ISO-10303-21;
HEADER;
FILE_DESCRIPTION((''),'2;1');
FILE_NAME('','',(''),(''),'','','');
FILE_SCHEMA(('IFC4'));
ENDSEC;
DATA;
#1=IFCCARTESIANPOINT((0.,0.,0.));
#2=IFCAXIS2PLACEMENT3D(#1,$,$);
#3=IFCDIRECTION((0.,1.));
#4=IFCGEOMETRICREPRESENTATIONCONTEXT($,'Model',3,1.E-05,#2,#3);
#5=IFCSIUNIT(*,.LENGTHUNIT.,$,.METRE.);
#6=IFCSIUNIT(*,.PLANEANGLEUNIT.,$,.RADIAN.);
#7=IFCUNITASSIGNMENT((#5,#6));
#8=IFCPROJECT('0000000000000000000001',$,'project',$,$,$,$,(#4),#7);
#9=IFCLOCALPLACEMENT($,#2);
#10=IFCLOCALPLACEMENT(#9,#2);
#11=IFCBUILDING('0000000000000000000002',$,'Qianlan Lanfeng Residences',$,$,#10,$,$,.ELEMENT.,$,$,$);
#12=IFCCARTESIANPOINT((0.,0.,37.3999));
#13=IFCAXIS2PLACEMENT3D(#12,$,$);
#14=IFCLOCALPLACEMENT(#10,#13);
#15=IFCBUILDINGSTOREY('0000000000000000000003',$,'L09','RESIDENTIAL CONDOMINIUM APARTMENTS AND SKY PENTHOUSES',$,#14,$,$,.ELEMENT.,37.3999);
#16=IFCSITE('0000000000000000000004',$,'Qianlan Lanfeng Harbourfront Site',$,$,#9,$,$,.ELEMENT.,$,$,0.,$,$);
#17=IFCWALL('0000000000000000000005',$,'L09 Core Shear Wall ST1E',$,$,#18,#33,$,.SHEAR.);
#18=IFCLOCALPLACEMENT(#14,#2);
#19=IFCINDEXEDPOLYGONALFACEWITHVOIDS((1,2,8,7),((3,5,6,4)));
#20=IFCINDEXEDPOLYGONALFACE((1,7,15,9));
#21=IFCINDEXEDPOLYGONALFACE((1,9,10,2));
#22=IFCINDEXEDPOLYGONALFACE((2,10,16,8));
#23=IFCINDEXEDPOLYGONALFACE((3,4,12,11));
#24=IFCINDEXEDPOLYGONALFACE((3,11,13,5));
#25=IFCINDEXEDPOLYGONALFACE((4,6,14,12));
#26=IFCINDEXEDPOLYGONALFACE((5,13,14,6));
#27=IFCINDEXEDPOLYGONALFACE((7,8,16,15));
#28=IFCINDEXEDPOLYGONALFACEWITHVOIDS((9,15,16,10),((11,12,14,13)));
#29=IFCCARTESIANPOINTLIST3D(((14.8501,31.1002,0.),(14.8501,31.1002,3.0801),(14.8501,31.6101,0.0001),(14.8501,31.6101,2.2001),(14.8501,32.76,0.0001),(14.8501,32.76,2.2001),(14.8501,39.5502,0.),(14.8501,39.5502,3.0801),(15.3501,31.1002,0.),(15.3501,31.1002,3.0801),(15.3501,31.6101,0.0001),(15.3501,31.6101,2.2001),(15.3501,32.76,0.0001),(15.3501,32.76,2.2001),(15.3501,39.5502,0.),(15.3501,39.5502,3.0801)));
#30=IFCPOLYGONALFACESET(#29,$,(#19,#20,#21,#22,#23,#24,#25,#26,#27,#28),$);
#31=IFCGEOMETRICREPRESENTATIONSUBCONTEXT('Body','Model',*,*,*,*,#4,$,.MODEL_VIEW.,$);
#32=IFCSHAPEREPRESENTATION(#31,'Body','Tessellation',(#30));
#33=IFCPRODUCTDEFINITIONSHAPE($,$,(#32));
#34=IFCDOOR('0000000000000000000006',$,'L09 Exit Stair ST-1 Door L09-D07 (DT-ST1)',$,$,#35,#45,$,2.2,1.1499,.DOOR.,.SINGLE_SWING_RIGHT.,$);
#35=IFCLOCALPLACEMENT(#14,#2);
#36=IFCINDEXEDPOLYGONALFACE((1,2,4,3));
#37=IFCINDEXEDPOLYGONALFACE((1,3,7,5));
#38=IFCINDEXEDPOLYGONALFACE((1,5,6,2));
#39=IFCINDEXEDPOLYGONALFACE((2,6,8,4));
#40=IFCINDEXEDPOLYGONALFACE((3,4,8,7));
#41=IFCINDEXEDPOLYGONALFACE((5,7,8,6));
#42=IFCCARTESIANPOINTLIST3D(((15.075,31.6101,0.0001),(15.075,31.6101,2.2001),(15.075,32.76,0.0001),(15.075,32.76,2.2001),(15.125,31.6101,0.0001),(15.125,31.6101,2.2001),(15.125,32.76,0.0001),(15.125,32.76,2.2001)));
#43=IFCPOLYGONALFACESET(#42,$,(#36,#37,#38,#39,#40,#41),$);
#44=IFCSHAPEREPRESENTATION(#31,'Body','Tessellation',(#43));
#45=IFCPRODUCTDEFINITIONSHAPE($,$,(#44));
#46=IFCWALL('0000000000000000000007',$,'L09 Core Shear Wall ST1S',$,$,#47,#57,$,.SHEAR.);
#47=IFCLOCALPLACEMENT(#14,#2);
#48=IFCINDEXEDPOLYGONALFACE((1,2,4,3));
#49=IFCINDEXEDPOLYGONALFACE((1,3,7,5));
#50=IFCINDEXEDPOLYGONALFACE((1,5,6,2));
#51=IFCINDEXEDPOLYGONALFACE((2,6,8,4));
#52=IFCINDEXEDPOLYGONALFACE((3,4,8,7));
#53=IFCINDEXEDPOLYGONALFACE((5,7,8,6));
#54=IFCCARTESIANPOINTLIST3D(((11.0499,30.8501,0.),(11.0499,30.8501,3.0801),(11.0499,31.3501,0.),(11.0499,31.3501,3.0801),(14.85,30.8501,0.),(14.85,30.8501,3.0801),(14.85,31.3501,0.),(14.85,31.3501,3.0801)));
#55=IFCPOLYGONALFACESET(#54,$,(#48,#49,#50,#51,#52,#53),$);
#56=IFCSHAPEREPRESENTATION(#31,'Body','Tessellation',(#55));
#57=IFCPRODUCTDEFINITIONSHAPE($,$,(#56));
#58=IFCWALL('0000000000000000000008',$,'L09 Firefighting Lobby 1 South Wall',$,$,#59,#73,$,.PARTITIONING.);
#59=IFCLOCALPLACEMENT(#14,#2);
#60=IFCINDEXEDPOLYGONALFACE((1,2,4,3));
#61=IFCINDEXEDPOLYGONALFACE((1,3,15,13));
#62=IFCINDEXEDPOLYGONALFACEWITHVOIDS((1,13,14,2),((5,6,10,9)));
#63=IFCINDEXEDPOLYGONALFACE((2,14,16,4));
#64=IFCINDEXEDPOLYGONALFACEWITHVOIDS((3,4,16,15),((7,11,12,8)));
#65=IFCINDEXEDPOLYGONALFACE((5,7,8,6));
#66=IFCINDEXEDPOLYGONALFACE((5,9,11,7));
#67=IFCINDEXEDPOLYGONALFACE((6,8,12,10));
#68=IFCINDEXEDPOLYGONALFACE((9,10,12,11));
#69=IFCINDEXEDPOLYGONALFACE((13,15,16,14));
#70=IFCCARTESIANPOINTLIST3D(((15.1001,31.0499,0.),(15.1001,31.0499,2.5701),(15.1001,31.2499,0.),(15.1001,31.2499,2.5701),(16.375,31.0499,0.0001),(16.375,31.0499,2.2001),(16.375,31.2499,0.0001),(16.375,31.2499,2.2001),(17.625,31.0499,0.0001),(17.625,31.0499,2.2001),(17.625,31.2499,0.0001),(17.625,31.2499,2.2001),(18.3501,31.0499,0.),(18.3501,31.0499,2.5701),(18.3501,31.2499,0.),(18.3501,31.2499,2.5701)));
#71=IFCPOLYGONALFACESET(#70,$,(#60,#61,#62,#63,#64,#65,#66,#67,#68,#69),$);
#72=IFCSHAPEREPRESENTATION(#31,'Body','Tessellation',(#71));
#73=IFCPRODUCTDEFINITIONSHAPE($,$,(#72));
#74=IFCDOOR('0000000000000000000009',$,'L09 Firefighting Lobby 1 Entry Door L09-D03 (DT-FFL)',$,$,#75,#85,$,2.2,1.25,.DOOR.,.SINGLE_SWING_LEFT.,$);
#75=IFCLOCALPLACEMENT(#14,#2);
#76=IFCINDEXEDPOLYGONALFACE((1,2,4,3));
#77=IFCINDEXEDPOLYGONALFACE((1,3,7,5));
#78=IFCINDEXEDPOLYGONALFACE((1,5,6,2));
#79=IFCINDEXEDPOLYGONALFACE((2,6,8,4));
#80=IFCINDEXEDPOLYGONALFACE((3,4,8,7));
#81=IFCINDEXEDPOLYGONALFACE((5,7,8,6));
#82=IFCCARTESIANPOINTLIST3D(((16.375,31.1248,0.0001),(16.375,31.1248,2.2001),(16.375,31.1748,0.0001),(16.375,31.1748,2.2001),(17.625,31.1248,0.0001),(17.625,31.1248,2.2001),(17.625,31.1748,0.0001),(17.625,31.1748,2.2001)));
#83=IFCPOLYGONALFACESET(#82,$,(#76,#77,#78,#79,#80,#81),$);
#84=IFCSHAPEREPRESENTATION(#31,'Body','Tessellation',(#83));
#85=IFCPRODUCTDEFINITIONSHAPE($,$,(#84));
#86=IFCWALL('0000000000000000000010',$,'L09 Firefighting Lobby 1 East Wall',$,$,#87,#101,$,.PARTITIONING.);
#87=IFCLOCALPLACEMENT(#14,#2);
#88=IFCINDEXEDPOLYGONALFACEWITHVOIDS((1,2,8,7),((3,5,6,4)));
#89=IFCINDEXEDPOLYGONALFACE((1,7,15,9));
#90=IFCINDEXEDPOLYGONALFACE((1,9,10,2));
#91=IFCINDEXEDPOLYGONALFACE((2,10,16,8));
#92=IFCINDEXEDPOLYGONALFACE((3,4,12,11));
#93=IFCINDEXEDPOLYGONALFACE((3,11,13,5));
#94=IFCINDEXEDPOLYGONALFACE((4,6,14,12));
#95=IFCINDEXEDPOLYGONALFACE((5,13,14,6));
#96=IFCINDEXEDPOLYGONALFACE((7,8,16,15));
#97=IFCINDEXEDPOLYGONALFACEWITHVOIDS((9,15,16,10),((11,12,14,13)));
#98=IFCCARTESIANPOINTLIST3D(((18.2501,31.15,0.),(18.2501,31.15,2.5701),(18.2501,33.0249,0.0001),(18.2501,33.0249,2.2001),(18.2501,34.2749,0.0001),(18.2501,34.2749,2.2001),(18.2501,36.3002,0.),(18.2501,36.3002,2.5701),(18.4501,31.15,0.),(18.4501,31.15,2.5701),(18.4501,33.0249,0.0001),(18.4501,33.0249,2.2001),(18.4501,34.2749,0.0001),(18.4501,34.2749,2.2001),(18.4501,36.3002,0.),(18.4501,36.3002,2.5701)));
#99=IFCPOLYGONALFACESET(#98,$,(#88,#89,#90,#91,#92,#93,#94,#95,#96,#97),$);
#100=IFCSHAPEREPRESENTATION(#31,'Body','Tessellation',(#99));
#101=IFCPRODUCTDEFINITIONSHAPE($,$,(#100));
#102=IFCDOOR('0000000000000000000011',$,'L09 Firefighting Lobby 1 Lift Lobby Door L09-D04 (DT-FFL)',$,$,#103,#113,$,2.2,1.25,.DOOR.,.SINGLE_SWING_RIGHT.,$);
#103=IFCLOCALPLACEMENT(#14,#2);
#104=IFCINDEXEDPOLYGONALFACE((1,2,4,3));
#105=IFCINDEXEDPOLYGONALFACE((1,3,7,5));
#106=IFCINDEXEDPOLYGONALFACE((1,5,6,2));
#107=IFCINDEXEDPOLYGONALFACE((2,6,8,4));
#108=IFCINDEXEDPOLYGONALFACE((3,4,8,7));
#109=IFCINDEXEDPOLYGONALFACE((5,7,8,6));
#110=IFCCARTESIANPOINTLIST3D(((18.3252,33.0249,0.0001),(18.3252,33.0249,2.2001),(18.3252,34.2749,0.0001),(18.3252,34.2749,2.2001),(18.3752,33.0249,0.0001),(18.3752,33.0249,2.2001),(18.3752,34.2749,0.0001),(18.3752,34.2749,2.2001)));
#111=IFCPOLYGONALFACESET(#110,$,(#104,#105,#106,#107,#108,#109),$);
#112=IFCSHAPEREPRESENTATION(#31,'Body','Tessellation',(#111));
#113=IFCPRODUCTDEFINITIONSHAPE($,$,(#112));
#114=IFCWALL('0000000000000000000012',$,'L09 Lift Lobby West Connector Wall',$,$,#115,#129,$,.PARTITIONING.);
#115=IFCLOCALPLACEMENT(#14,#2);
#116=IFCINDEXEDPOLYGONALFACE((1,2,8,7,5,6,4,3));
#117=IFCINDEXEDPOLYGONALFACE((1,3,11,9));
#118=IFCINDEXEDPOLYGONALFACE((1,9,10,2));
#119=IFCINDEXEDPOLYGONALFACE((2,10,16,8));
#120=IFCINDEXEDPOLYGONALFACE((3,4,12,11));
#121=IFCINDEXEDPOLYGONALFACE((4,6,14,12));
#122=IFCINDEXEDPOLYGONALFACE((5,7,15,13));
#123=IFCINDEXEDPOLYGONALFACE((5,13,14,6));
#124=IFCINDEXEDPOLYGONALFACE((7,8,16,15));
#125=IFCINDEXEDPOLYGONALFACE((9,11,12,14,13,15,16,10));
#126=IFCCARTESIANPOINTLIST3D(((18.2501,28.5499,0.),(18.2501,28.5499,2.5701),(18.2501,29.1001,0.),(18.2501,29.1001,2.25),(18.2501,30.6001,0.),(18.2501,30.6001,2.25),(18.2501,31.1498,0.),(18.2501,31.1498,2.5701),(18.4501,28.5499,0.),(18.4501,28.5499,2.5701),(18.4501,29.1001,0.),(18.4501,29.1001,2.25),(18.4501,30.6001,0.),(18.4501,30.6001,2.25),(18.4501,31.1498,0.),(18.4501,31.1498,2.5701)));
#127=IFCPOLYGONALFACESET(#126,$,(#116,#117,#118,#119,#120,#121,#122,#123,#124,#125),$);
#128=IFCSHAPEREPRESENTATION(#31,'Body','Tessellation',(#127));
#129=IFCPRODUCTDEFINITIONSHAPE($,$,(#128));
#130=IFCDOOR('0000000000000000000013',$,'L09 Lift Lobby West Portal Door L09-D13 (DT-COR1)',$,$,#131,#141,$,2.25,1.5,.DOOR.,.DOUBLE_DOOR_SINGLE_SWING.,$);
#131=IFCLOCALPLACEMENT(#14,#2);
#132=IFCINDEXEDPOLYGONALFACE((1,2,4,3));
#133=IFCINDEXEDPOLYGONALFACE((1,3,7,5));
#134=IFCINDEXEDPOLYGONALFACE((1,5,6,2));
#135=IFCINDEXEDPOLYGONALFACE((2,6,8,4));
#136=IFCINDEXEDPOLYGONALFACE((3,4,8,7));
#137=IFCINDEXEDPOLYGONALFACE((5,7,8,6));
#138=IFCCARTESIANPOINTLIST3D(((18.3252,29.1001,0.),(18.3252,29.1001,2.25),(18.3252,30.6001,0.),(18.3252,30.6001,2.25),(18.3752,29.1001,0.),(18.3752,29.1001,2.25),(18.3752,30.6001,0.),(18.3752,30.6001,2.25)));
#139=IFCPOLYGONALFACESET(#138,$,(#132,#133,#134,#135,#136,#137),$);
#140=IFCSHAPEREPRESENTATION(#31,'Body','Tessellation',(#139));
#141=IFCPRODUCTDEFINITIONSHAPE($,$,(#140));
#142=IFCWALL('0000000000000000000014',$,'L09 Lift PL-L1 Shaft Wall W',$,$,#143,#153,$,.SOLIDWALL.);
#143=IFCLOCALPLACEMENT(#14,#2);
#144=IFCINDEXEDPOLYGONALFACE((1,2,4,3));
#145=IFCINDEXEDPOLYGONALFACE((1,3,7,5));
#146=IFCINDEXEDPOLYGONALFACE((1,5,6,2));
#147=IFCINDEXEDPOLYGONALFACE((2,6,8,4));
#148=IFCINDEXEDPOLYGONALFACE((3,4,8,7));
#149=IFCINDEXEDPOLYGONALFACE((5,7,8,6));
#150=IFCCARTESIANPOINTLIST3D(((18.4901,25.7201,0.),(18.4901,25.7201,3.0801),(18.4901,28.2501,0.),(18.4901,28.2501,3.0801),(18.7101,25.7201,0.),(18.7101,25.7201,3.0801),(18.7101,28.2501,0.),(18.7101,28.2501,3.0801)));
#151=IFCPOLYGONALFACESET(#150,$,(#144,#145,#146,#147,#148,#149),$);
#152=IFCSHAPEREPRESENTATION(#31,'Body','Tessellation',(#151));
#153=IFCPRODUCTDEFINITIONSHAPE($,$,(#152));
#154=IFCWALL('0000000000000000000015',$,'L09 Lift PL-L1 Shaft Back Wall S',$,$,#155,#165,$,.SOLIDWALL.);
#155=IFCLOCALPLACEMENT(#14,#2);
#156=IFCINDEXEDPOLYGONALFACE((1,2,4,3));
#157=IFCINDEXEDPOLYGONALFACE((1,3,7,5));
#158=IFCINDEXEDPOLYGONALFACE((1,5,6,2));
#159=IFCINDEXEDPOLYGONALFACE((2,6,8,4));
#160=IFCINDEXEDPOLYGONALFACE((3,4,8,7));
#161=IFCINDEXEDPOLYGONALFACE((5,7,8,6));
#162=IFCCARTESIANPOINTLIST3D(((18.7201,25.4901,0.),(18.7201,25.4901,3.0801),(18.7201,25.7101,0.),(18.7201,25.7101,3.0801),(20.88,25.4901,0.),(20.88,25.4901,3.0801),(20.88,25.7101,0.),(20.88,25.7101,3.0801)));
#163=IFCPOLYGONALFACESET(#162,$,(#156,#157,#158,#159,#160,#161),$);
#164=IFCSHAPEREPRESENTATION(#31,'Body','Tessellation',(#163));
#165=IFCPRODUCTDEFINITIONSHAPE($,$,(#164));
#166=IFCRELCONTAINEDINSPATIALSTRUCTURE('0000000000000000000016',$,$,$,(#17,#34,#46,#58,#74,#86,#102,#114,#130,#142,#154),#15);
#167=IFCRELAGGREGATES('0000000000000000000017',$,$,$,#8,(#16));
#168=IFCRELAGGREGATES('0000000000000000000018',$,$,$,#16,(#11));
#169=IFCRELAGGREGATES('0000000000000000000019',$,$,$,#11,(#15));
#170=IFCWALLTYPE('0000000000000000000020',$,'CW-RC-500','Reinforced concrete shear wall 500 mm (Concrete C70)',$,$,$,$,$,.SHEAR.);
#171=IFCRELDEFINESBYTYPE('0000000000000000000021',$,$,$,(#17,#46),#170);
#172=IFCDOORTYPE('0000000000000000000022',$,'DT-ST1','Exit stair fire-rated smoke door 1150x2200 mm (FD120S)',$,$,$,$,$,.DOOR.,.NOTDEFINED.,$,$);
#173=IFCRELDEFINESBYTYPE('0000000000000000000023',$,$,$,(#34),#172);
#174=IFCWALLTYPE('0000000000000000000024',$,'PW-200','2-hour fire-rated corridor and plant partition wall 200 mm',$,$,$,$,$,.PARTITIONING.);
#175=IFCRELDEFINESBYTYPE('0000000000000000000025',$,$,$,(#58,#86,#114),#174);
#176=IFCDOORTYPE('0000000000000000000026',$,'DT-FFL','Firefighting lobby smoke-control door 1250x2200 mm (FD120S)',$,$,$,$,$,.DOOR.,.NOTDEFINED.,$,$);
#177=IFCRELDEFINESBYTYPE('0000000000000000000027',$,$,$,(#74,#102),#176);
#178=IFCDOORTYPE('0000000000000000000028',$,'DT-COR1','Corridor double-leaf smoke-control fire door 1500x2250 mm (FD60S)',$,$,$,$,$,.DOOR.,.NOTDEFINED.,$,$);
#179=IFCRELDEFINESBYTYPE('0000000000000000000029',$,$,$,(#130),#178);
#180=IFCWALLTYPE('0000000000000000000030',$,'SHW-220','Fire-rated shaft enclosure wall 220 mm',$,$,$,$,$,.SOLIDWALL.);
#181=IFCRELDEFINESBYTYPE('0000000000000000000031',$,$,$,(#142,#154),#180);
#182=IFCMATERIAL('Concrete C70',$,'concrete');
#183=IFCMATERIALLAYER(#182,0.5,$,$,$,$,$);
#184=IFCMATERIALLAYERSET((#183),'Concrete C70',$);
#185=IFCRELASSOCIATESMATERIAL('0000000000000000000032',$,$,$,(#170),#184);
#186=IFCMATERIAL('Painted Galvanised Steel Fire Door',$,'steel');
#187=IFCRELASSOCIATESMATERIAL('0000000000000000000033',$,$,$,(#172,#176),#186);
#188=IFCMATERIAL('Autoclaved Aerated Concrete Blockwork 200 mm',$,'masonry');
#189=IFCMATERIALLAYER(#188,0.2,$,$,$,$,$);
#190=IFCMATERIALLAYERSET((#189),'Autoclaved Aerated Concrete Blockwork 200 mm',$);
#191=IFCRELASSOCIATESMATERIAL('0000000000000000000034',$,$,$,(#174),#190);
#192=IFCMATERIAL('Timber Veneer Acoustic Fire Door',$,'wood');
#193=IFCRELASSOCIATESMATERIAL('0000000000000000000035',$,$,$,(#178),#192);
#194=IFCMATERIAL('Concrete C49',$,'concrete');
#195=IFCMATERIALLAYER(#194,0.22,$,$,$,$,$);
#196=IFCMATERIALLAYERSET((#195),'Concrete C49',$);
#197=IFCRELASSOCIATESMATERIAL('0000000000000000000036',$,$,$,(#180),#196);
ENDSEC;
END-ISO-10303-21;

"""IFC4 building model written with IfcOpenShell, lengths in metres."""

from ifc_helpers import new_model, si_unit, direction, frame, frame_2d, origin, place, context, subcontext, project, spatial, rectangle, extrude, material, layer, layer_set, type_object, element, fill, save


model = new_model("IFC4")

# Units and contexts
model_context = context("Model", 3, precision=1e-05, world=origin(), true_north=direction((0.0, 1.0)))
body_context = subcontext(model_context, "Body", "Model", "MODEL_VIEW")
ifc_project = project(units=[si_unit("LENGTHUNIT", "METRE"), si_unit("PLANEANGLEUNIT", "RADIAN")], contexts=[model_context])

# Site, building, storey
site_placement = place(None, origin())
site = spatial("IfcSite", under=ifc_project, at=site_placement, Name="Qianlan Lanfeng Harbourfront Site", CompositionType="ELEMENT", RefElevation=0.0)
building_placement = place(site_placement, origin())
building = spatial("IfcBuilding", under=site, at=building_placement, Name="Qianlan Lanfeng Residences", CompositionType="ELEMENT")
storey_placement = place(building_placement, frame((0.0, 0.0, 37.3999)))
storey = spatial("IfcBuildingStorey", under=building, at=storey_placement, Name="L09", Description="RESIDENTIAL CONDOMINIUM APARTMENTS AND SKY PENTHOUSES", CompositionType="ELEMENT", Elevation=37.3999)

# Wall, opening, door
ifc_material_1 = material(Name="Concrete C70", Category="concrete")
ifc_layer_1 = layer(ifc_material_1, 0.5)
ifc_layer_set_1 = layer_set([ifc_layer_1], Name="Concrete C70")
wall_type_1 = type_object("IfcWallType", Name="CW-RC-500", Description="Reinforced concrete shear wall 500 mm (Concrete C70)", PredefinedType="SHEAR", material=ifc_layer_set_1)
wall_1_placement = place(storey_placement, frame((15.1001, 31.1001, 0.0), z_axis=(0.0, 0.0, 1.0), x_axis=(0.0, 1.0, 0.0)))
wall_1 = element("IfcWall", 1, at=wall_1_placement, inside=storey, type_object=wall_type_1, Name="L09 Core Shear Wall ST1E", PredefinedType="SHEAR", context=body_context, shape_type="SweptSolid", body=[
    extrude(rectangle(XDim=8.45, YDim=0.5, at=frame_2d((4.2251, 0.0))), origin(), (0.0, 0.0, 1.0), 3.0801),
])
opening_1_placement = place(wall_1_placement, frame((0.51, 0.0, 0.0)))
opening_1 = element("IfcOpeningElement", 2, at=opening_1_placement, cuts=wall_1, PredefinedType="OPENING", context=body_context, shape_type="SweptSolid", body=[
    extrude(rectangle(XDim=1.1499, YDim=2.2, at=frame_2d((0.575, 1.1001))), frame((0.0, 0.26, 0.0), z_axis=(0.0, -1.0, 0.0), x_axis=(1.0, 0.0, 0.0)), (0.0, 0.0, 1.0), 0.52),
])
ifc_material_2 = material(Name="Painted Galvanised Steel Fire Door", Category="steel")
door_type_1 = type_object("IfcDoorType", Name="DT-ST1", Description="Exit stair fire-rated smoke door 1150x2200 mm (FD120S)", OperationType="NOTDEFINED", PredefinedType="DOOR", material=ifc_material_2)
door_1_placement = place(opening_1_placement, frame((1.1499, 0.0, 0.0), z_axis=(0.0, 0.0, 1.0), x_axis=(-1.0, 0.0, 0.0)))
door_1 = element("IfcDoor", 3, at=door_1_placement, inside=storey, type_object=door_type_1, Name="L09 Exit Stair ST-1 Door L09-D07 (DT-ST1)", OperationType="SINGLE_SWING_RIGHT", OverallHeight=2.2, OverallWidth=1.1499, PredefinedType="DOOR", context=body_context, shape_type="SweptSolid", body=[
    extrude(rectangle(XDim=1.1499, YDim=2.2, at=frame_2d((0.575, 1.1001))), frame((0.0, 0.0249, 0.0), z_axis=(0.0, -1.0, 0.0), x_axis=(1.0, 0.0, 0.0)), (0.0, 0.0, 1.0), 0.05),
])
fill(opening_1, door_1)

# Wall
wall_2_placement = place(storey_placement, frame((11.05, 31.1001, 0.0), z_axis=(0.0, 0.0, 1.0), x_axis=(1.0, 0.0, 0.0)))
element("IfcWall", 4, at=wall_2_placement, inside=storey, type_object=wall_type_1, Name="L09 Core Shear Wall ST1S", PredefinedType="SHEAR", context=body_context, shape_type="SweptSolid", body=[
    extrude(rectangle(XDim=3.8, YDim=0.5, at=frame_2d((1.8999, 0.0))), origin(), (0.0, 0.0, 1.0), 3.0801),
])

# Walls, openings, doors
ifc_material_3 = material(Name="Autoclaved Aerated Concrete Blockwork 200 mm", Category="masonry")
ifc_layer_2 = layer(ifc_material_3, 0.2)
ifc_layer_set_2 = layer_set([ifc_layer_2], Name="Autoclaved Aerated Concrete Blockwork 200 mm")
wall_type_2 = type_object("IfcWallType", Name="PW-200", Description="2-hour fire-rated corridor and plant partition wall 200 mm", PredefinedType="PARTITIONING", material=ifc_layer_set_2)
wall_3_placement = place(storey_placement, frame((15.1001, 31.1499, 0.0), z_axis=(0.0, 0.0, 1.0), x_axis=(1.0, 0.0, 0.0)))
wall_3 = element("IfcWall", 5, at=wall_3_placement, inside=storey, type_object=wall_type_2, Name="L09 Firefighting Lobby 1 South Wall", PredefinedType="PARTITIONING", context=body_context, shape_type="SweptSolid", body=[
    extrude(rectangle(XDim=3.25, YDim=0.2, at=frame_2d((1.625, 0.0))), origin(), (0.0, 0.0, 1.0), 2.5701),
])
opening_2_placement = place(wall_3_placement, frame((1.2749, 0.0, 0.0)))
opening_2 = element("IfcOpeningElement", 6, at=opening_2_placement, cuts=wall_3, PredefinedType="OPENING", context=body_context, shape_type="SweptSolid", body=[
    extrude(rectangle(XDim=1.25, YDim=2.2, at=frame_2d((0.625, 1.1001))), frame((0.0, 0.1099, 0.0), z_axis=(0.0, -1.0, 0.0), x_axis=(1.0, 0.0, 0.0)), (0.0, 0.0, 1.0), 0.22),
])
door_type_2 = type_object("IfcDoorType", Name="DT-FFL", Description="Firefighting lobby smoke-control door 1250x2200 mm (FD120S)", OperationType="NOTDEFINED", PredefinedType="DOOR", material=ifc_material_2)
door_2_placement = place(opening_2_placement, origin())
door_2 = element("IfcDoor", 7, at=door_2_placement, inside=storey, type_object=door_type_2, Name="L09 Firefighting Lobby 1 Entry Door L09-D03 (DT-FFL)", OperationType="SINGLE_SWING_LEFT", OverallHeight=2.2, OverallWidth=1.25, PredefinedType="DOOR", context=body_context, shape_type="SweptSolid", body=[
    extrude(rectangle(XDim=1.25, YDim=2.2, at=frame_2d((0.625, 1.1001))), frame((0.0, 0.0249, 0.0), z_axis=(0.0, -1.0, 0.0), x_axis=(1.0, 0.0, 0.0)), (0.0, 0.0, 1.0), 0.05),
])
fill(opening_2, door_2)
wall_4_placement = place(storey_placement, frame((18.3501, 31.1499, 0.0), z_axis=(0.0, 0.0, 1.0), x_axis=(0.0, 1.0, 0.0)))
wall_4 = element("IfcWall", 8, at=wall_4_placement, inside=storey, type_object=wall_type_2, Name="L09 Firefighting Lobby 1 East Wall", PredefinedType="PARTITIONING", context=body_context, shape_type="SweptSolid", body=[
    extrude(rectangle(XDim=5.1501, YDim=0.2, at=frame_2d((2.5752, 0.0))), origin(), (0.0, 0.0, 1.0), 2.5701),
])
opening_3_placement = place(wall_4_placement, frame((1.875, 0.0, 0.0)))
opening_3 = element("IfcOpeningElement", 9, at=opening_3_placement, cuts=wall_4, PredefinedType="OPENING", context=body_context, shape_type="SweptSolid", body=[
    extrude(rectangle(XDim=1.25, YDim=2.2, at=frame_2d((0.625, 1.1001))), frame((0.0, 0.1099, 0.0), z_axis=(0.0, -1.0, 0.0), x_axis=(1.0, 0.0, 0.0)), (0.0, 0.0, 1.0), 0.22),
])
door_3_placement = place(opening_3_placement, origin())
door_3 = element("IfcDoor", 10, at=door_3_placement, inside=storey, type_object=door_type_2, Name="L09 Firefighting Lobby 1 Lift Lobby Door L09-D04 (DT-FFL)", OperationType="SINGLE_SWING_RIGHT", OverallHeight=2.2, OverallWidth=1.25, PredefinedType="DOOR", context=body_context, shape_type="SweptSolid", body=[
    extrude(rectangle(XDim=1.25, YDim=2.2, at=frame_2d((0.625, 1.1001))), frame((0.0, 0.0249, 0.0), z_axis=(0.0, -1.0, 0.0), x_axis=(1.0, 0.0, 0.0)), (0.0, 0.0, 1.0), 0.05),
])
fill(opening_3, door_3)
wall_5_placement = place(storey_placement, frame((18.3501, 28.55, 0.0), z_axis=(0.0, 0.0, 1.0), x_axis=(0.0, 1.0, 0.0)))
wall_5 = element("IfcWall", 11, at=wall_5_placement, inside=storey, type_object=wall_type_2, Name="L09 Lift Lobby West Connector Wall", PredefinedType="PARTITIONING", context=body_context, shape_type="SweptSolid", body=[
    extrude(rectangle(XDim=2.5999, YDim=0.2, at=frame_2d((1.2998, 0.0))), origin(), (0.0, 0.0, 1.0), 2.5701),
])
opening_4_placement = place(wall_5_placement, frame((0.55, 0.0, 0.0)))
opening_4 = element("IfcOpeningElement", 12, at=opening_4_placement, cuts=wall_5, PredefinedType="OPENING", context=body_context, shape_type="SweptSolid", body=[
    extrude(rectangle(XDim=1.5, YDim=2.25, at=frame_2d((0.75, 1.125))), frame((0.0, 0.1099, 0.0), z_axis=(0.0, -1.0, 0.0), x_axis=(1.0, 0.0, 0.0)), (0.0, 0.0, 1.0), 0.22),
])
ifc_material_4 = material(Name="Timber Veneer Acoustic Fire Door", Category="wood")
door_type_3 = type_object("IfcDoorType", Name="DT-COR1", Description="Corridor double-leaf smoke-control fire door 1500x2250 mm (FD60S)", OperationType="NOTDEFINED", PredefinedType="DOOR", material=ifc_material_4)
door_4_placement = place(opening_4_placement, origin())
door_4 = element("IfcDoor", 13, at=door_4_placement, inside=storey, type_object=door_type_3, Name="L09 Lift Lobby West Portal Door L09-D13 (DT-COR1)", OperationType="DOUBLE_DOOR_SINGLE_SWING", OverallHeight=2.25, OverallWidth=1.5, PredefinedType="DOOR", context=body_context, shape_type="SweptSolid", body=[
    extrude(rectangle(XDim=1.5, YDim=2.25, at=frame_2d((0.75, 1.125))), frame((0.0, 0.0249, 0.0), z_axis=(0.0, -1.0, 0.0), x_axis=(1.0, 0.0, 0.0)), (0.0, 0.0, 1.0), 0.05),
])
fill(opening_4, door_4)

# Walls
ifc_material_5 = material(Name="Concrete C49", Category="concrete")
ifc_layer_3 = layer(ifc_material_5, 0.22)
ifc_layer_set_3 = layer_set([ifc_layer_3], Name="Concrete C49")
wall_type_3 = type_object("IfcWallType", Name="SHW-220", Description="Fire-rated shaft enclosure wall 220 mm", PredefinedType="SOLIDWALL", material=ifc_layer_set_3)
wall_6_placement = place(storey_placement, frame((18.6001, 25.72, 0.0), z_axis=(0.0, 0.0, 1.0), x_axis=(0.0, 1.0, 0.0)))
element("IfcWall", 14, at=wall_6_placement, inside=storey, type_object=wall_type_3, Name="L09 Lift PL-L1 Shaft Wall W", PredefinedType="SOLIDWALL", context=body_context, shape_type="SweptSolid", body=[
    extrude(rectangle(XDim=2.53, YDim=0.22, at=frame_2d((1.2651, 0.0))), origin(), (0.0, 0.0, 1.0), 3.0801),
])
wall_7_placement = place(storey_placement, frame((18.72, 25.6001, 0.0), z_axis=(0.0, 0.0, 1.0), x_axis=(1.0, 0.0, 0.0)))
element("IfcWall", 15, at=wall_7_placement, inside=storey, type_object=wall_type_3, Name="L09 Lift PL-L1 Shaft Back Wall S", PredefinedType="SOLIDWALL", context=body_context, shape_type="SweptSolid", body=[
    extrude(rectangle(XDim=2.1599, YDim=0.22, at=frame_2d((1.0801, 0.0))), origin(), (0.0, 0.0, 1.0), 3.0801),
])

save(model, "model.ifc")
